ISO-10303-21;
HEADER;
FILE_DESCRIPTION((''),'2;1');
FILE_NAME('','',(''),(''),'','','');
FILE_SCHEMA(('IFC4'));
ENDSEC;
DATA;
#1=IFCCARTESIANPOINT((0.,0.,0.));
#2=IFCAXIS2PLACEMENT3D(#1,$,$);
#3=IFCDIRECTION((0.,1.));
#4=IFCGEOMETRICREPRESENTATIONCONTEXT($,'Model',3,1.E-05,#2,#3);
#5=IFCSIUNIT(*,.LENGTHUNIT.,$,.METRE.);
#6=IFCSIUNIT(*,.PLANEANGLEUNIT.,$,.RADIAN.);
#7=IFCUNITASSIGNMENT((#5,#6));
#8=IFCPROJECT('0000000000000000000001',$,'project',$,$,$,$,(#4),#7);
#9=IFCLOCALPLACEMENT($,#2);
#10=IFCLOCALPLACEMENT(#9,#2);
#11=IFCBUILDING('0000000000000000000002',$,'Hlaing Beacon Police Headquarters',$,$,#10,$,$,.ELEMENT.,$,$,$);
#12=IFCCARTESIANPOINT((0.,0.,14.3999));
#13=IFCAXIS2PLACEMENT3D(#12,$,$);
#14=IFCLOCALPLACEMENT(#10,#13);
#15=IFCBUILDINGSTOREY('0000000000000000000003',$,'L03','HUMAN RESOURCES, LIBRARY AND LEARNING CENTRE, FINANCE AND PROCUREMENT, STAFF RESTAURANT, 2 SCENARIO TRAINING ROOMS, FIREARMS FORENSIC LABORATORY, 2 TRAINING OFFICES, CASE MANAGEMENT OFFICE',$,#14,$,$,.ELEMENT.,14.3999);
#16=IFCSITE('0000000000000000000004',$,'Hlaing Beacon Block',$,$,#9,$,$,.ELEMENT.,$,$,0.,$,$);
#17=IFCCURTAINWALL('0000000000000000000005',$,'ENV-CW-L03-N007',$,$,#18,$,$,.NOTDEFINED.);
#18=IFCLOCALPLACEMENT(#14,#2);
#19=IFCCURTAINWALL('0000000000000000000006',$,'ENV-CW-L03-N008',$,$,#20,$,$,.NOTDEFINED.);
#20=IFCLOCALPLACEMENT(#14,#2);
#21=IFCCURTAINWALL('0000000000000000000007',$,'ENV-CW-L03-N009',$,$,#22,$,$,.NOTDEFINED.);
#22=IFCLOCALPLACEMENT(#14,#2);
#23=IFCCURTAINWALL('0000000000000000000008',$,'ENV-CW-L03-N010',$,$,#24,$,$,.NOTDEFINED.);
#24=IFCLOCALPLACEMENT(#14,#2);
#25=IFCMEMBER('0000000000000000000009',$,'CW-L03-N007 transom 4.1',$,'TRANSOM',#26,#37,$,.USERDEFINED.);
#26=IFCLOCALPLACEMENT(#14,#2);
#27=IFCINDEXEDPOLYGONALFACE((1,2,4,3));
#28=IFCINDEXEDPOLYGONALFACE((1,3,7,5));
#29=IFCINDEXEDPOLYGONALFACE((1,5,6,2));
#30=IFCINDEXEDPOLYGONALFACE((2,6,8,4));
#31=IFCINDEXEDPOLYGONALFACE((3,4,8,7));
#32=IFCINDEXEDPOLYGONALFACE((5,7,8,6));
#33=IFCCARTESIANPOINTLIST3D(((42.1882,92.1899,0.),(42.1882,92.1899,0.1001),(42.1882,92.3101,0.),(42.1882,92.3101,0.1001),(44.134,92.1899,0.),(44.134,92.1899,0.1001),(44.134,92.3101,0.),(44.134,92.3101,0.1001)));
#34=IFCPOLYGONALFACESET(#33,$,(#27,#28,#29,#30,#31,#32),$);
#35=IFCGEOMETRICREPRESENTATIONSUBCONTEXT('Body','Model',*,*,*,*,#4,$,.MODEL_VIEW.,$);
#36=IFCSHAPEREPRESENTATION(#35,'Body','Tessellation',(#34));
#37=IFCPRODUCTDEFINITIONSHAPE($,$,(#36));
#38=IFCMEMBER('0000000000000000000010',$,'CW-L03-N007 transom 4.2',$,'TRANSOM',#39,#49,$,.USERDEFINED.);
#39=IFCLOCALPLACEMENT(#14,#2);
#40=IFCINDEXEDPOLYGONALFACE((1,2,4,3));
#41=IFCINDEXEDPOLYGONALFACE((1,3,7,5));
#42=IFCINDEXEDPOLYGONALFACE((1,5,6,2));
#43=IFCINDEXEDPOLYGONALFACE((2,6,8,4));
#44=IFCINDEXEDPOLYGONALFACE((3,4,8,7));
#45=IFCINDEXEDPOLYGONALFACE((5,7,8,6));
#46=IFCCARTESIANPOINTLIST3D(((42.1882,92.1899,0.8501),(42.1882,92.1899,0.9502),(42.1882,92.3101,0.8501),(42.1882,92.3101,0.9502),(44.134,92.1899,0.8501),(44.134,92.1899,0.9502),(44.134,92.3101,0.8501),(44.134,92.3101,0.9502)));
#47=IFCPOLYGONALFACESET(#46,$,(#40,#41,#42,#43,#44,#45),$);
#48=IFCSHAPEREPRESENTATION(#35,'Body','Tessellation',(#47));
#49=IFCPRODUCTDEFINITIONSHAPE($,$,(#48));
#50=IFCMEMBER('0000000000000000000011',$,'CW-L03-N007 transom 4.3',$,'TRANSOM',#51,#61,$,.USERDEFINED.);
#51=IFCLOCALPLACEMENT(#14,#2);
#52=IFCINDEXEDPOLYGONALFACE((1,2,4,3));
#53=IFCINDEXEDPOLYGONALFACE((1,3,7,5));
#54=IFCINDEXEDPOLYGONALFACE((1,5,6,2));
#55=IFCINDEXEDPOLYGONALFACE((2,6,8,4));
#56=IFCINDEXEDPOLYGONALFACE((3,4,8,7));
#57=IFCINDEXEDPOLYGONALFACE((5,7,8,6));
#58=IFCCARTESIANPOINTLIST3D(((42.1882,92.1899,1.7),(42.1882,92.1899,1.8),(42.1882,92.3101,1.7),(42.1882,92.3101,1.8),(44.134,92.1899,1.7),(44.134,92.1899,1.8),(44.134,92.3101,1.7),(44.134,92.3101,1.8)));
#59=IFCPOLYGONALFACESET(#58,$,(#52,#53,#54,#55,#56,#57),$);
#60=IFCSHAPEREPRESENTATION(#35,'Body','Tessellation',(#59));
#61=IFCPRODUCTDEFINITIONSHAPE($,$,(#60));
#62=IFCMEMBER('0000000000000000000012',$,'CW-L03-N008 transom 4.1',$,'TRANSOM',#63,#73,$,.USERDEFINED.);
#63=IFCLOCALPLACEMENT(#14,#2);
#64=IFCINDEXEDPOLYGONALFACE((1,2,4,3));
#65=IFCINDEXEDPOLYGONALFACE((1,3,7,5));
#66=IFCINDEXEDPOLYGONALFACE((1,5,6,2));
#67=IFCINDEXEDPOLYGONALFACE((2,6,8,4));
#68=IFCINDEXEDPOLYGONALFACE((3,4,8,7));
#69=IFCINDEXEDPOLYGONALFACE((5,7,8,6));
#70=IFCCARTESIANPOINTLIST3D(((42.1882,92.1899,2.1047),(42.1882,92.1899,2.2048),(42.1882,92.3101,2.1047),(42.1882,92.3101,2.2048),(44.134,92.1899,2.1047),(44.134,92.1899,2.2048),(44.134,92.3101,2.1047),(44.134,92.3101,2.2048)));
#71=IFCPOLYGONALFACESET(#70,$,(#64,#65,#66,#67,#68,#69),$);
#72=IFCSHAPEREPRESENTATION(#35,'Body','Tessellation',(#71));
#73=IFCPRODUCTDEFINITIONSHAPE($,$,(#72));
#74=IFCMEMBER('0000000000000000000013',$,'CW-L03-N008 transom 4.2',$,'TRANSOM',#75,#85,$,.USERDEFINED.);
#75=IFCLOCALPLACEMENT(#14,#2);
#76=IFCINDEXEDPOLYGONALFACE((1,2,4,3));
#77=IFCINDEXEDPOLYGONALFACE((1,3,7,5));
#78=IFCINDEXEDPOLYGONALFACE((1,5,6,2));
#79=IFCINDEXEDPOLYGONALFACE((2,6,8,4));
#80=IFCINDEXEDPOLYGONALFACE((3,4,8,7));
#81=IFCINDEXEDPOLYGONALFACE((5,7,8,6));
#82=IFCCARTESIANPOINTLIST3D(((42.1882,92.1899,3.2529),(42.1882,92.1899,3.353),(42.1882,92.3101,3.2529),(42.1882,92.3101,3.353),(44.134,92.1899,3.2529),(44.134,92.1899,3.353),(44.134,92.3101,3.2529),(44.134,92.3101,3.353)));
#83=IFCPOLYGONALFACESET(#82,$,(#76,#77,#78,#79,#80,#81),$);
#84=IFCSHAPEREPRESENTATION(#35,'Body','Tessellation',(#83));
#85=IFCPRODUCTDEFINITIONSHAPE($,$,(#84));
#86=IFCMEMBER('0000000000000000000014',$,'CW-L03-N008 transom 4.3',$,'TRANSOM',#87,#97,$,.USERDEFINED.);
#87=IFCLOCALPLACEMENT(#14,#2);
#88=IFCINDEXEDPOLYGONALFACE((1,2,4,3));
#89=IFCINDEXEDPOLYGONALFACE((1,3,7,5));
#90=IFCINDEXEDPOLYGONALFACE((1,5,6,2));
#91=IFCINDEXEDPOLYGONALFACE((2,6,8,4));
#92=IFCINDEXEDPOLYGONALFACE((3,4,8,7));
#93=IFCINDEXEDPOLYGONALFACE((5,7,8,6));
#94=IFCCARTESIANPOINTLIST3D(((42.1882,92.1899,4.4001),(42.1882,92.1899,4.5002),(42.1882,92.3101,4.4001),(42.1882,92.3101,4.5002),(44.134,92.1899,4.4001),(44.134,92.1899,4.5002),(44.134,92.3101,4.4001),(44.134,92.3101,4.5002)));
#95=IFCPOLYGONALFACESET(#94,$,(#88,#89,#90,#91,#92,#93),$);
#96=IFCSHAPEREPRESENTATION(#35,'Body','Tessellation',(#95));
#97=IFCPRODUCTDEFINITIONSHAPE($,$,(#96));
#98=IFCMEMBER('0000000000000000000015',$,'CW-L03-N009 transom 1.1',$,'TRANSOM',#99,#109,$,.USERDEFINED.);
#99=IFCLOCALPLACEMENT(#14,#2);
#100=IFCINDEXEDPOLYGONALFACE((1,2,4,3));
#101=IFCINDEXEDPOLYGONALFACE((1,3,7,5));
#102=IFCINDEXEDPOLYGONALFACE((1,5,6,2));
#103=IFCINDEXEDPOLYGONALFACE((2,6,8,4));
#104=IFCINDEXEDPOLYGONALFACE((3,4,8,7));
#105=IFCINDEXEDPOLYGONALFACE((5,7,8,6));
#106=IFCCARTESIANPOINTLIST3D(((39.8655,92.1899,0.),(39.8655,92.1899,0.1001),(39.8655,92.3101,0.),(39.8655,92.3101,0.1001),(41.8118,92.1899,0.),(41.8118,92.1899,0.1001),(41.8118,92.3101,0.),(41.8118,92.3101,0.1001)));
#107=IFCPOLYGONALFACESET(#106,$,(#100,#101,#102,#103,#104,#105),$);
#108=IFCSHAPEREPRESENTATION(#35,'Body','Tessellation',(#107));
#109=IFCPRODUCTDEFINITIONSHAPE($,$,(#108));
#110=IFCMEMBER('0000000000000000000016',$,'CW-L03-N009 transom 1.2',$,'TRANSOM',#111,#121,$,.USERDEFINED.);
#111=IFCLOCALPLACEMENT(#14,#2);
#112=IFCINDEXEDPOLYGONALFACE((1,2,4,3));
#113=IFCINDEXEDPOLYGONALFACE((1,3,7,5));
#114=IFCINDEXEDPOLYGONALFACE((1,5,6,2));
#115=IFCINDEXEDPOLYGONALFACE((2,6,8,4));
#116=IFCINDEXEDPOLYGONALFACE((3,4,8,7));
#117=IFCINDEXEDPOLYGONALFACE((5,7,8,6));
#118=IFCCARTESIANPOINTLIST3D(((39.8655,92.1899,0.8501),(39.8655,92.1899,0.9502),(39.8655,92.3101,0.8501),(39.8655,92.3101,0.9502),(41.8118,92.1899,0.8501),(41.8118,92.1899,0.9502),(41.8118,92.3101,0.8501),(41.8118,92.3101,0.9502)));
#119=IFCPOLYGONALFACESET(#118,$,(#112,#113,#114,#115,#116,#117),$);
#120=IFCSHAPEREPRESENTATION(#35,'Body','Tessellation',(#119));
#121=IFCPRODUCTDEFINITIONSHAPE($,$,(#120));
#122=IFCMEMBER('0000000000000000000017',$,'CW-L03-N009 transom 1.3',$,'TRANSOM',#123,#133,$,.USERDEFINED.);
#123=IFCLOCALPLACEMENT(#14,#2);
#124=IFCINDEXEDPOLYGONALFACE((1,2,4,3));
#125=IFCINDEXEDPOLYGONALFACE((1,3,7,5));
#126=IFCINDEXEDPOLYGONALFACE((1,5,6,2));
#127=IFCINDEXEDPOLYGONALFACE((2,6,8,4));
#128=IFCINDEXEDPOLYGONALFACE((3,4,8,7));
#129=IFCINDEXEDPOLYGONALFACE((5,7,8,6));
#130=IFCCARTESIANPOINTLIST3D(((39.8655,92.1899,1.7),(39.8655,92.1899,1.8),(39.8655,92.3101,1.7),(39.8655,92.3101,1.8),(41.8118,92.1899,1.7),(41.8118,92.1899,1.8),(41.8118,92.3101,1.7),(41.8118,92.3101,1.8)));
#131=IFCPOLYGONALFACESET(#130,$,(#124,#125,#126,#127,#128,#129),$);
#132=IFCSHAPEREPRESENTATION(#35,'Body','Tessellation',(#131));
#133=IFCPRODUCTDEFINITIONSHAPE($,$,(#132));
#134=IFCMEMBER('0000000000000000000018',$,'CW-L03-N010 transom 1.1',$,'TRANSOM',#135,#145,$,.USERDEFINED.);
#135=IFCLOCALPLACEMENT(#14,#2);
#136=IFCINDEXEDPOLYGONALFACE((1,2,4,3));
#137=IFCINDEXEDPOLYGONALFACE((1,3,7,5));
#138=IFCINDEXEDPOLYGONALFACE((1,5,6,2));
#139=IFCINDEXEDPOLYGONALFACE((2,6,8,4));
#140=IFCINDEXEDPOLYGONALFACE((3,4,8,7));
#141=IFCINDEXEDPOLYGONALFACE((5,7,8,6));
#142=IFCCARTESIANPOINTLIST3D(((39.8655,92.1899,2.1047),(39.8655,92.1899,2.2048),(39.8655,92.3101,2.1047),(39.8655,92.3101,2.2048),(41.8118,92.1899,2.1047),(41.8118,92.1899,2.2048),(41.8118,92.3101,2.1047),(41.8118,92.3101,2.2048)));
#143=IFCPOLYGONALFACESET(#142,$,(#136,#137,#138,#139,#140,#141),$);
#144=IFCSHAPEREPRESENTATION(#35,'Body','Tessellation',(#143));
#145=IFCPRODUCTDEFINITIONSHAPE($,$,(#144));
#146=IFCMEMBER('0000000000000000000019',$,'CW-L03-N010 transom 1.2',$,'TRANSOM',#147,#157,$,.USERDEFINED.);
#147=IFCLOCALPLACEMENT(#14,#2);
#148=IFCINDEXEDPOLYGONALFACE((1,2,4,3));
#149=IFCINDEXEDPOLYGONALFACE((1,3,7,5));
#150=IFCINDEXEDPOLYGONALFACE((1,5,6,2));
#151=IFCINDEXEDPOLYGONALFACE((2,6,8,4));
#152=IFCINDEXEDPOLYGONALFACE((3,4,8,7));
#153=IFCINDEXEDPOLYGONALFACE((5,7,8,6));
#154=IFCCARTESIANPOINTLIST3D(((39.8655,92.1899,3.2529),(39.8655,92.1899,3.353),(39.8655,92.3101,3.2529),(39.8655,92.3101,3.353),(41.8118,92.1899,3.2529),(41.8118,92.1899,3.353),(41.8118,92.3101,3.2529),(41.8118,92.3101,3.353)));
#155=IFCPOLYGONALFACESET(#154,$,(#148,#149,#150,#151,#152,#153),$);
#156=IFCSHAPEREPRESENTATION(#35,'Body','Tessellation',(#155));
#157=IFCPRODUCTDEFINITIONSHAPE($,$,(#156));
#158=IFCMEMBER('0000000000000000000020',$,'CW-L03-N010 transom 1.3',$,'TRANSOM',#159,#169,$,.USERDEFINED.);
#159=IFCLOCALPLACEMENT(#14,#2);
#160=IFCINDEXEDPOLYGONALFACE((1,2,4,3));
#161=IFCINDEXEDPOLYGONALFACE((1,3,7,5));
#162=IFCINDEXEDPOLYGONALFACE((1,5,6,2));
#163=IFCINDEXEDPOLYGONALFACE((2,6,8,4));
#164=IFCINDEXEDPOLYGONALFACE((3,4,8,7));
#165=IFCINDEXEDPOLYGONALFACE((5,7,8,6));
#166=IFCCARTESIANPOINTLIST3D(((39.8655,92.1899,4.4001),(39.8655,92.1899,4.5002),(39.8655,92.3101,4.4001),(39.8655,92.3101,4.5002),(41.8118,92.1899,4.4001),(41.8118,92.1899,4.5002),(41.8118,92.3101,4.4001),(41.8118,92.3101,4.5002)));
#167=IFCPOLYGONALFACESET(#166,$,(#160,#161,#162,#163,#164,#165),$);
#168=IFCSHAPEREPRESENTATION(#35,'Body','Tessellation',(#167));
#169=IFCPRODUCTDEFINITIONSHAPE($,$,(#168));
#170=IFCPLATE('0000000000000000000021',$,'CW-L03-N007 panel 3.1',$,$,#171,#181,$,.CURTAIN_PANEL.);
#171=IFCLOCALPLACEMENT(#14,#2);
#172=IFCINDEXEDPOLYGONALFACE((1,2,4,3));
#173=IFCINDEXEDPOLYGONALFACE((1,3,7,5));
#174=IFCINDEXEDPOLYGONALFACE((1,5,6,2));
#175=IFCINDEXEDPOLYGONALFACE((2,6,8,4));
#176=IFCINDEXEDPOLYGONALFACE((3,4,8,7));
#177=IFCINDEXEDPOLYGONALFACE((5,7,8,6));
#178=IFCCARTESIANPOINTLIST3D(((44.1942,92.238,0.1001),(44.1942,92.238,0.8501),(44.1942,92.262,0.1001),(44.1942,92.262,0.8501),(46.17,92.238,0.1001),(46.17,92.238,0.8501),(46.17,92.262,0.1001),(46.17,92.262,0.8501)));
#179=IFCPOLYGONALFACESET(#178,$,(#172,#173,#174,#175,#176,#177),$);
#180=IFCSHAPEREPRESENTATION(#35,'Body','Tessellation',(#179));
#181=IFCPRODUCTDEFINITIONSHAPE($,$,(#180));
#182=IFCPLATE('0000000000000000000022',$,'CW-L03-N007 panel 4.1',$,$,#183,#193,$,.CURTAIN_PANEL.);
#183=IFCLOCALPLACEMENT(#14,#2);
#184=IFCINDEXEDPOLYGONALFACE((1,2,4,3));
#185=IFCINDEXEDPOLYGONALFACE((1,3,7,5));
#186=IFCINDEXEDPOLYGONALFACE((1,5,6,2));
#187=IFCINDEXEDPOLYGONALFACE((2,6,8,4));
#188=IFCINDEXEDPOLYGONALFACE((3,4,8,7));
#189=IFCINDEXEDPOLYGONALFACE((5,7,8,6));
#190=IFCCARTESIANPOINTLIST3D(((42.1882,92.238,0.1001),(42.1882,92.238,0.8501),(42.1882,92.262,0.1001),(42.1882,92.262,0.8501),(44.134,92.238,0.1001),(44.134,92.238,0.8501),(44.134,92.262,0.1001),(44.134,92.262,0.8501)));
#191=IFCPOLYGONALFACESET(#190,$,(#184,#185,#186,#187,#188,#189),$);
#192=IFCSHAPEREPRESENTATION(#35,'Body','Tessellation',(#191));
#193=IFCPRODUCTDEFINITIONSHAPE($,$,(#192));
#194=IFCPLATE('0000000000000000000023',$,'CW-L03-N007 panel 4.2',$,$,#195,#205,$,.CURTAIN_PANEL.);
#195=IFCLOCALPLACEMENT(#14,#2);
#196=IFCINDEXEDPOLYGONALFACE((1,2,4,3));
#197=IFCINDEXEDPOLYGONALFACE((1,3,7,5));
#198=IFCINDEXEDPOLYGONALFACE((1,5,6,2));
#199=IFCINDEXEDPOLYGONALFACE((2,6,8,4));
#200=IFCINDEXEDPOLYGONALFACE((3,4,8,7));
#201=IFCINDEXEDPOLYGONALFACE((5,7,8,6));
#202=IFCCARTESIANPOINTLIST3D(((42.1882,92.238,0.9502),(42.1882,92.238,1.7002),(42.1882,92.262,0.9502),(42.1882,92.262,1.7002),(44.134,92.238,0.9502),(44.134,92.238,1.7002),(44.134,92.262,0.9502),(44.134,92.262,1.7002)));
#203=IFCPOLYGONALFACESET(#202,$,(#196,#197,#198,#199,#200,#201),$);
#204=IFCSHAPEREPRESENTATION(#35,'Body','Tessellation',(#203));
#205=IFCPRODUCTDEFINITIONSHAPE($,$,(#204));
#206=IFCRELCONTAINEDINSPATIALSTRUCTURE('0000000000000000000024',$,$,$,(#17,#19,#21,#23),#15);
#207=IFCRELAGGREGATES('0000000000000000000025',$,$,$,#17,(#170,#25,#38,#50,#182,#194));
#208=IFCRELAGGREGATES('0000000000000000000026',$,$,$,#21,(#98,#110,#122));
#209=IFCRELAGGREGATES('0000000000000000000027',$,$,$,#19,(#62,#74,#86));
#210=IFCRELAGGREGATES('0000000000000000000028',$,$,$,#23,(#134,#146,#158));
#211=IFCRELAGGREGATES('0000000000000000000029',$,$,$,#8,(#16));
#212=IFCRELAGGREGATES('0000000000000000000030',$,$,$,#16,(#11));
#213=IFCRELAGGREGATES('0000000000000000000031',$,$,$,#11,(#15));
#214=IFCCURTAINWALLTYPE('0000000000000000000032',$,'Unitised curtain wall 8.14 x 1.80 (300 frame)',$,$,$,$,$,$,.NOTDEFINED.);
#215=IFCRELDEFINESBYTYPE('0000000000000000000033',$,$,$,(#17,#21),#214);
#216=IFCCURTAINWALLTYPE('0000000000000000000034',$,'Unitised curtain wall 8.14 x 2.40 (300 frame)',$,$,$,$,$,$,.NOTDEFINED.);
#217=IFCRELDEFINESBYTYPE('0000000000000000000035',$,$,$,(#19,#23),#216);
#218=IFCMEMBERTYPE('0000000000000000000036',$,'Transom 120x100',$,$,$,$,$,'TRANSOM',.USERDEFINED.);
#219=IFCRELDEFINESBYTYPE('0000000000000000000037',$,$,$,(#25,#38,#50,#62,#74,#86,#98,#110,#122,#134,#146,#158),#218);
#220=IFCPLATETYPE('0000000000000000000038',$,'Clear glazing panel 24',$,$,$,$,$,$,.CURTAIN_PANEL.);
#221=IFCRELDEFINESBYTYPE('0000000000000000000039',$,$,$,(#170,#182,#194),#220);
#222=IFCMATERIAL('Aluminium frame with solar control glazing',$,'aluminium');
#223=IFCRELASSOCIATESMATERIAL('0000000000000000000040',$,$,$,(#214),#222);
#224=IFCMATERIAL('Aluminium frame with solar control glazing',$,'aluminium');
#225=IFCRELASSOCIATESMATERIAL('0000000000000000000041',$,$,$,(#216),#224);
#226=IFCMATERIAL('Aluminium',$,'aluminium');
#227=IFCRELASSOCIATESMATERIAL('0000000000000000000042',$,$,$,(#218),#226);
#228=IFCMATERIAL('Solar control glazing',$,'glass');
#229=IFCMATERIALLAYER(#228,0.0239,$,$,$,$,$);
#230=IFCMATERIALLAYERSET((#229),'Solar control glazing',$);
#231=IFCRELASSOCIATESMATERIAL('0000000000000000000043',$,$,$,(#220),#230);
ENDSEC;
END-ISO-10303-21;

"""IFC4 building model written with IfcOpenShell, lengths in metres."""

from ifc_helpers import new_model, si_unit, direction, frame, origin, origin_2d, place, context, subcontext, project, spatial, rectangle, extrude, material, layer, layer_set, material_profile, profile_set, type_object, element, aggregate, save


model = new_model("IFC4")

# Units and contexts
model_context = context("Model", 3, precision=1e-05, world=origin(), true_north=direction((0.0, 1.0)))
body_context = subcontext(model_context, "Body", "Model", "MODEL_VIEW")
ifc_project = project(units=[si_unit("LENGTHUNIT", "METRE"), si_unit("PLANEANGLEUNIT", "RADIAN")], contexts=[model_context])

# Site, building, storey
site_placement = place(None, origin())
site = spatial("IfcSite", under=ifc_project, at=site_placement, Name="Hlaing Beacon Block", CompositionType="ELEMENT", RefElevation=0.0)
building_placement = place(site_placement, origin())
building = spatial("IfcBuilding", under=site, at=building_placement, Name="Hlaing Beacon Police Headquarters", CompositionType="ELEMENT")
storey_placement = place(building_placement, frame((0.0, 0.0, 14.3999)))
storey = spatial("IfcBuildingStorey", under=building, at=storey_placement, Name="L03", Description="HUMAN RESOURCES, LIBRARY AND LEARNING CENTRE, FINANCE AND PROCUREMENT, STAFF RESTAURANT, 2 SCENARIO TRAINING ROOMS, FIREARMS FORENSIC LABORATORY, 2 TRAINING OFFICES, CASE MANAGEMENT OFFICE", CompositionType="ELEMENT", Elevation=14.3999)

# Curtain walls
ifc_material_1 = material(Name="Aluminium frame with solar control glazing", Category="aluminium")
curtain_wall_type_1 = type_object("IfcCurtainWallType", Name="Unitised curtain wall 8.14 x 1.80 (300 frame)", PredefinedType="NOTDEFINED", material=ifc_material_1)
curtain_wall_1_placement = place(storey_placement, origin())
curtain_wall_1 = element("IfcCurtainWall", 1, at=curtain_wall_1_placement, inside=storey, type_object=curtain_wall_type_1, Name="ENV-CW-L03-N007", PredefinedType="NOTDEFINED")
ifc_material_2 = material(Name="Aluminium frame with solar control glazing", Category="aluminium")
curtain_wall_type_2 = type_object("IfcCurtainWallType", Name="Unitised curtain wall 8.14 x 2.40 (300 frame)", PredefinedType="NOTDEFINED", material=ifc_material_2)
curtain_wall_2_placement = place(storey_placement, origin())
curtain_wall_2 = element("IfcCurtainWall", 2, at=curtain_wall_2_placement, inside=storey, type_object=curtain_wall_type_2, Name="ENV-CW-L03-N008", PredefinedType="NOTDEFINED")

# Curtain walls
curtain_wall_3_placement = place(storey_placement, origin())
curtain_wall_3 = element("IfcCurtainWall", 3, at=curtain_wall_3_placement, inside=storey, type_object=curtain_wall_type_1, Name="ENV-CW-L03-N009", PredefinedType="NOTDEFINED")
curtain_wall_4_placement = place(storey_placement, origin())
curtain_wall_4 = element("IfcCurtainWall", 4, at=curtain_wall_4_placement, inside=storey, type_object=curtain_wall_type_2, Name="ENV-CW-L03-N010", PredefinedType="NOTDEFINED")

# Members
ifc_material_3 = material(Name="Aluminium", Category="aluminium")
ifc_material_profile_1 = material_profile(ifc_material_3, rectangle(XDim=0.1201, YDim=0.1001, at=origin_2d()), Name="Transom 120x100")
ifc_profile_set_1 = profile_set([ifc_material_profile_1], Name="Aluminium")
member_type_1 = type_object("IfcMemberType", Name="Transom 120x100", ElementType="TRANSOM", PredefinedType="USERDEFINED", material=ifc_profile_set_1)
member_1_placement = place(storey_placement, frame((44.134, 92.25, 0.05), z_axis=(-1.0, 0.0, 0.0), x_axis=(0.0, -1.0, 0.0)))
member_1 = element("IfcMember", 5, at=member_1_placement, type_object=member_type_1, Name="CW-L03-N007 transom 4.1", ObjectType="TRANSOM", PredefinedType="USERDEFINED", context=body_context, shape_type="SweptSolid", body=[
    extrude(rectangle(XDim=0.1201, YDim=0.1001, at=origin_2d()), origin(), (0.0, 0.0, 1.0), 1.9458),
])
member_2_placement = place(storey_placement, frame((44.134, 92.25, 0.9001), z_axis=(-1.0, 0.0, 0.0), x_axis=(0.0, -1.0, 0.0)))
member_2 = element("IfcMember", 6, at=member_2_placement, type_object=member_type_1, Name="CW-L03-N007 transom 4.2", ObjectType="TRANSOM", PredefinedType="USERDEFINED", context=body_context, shape_type="SweptSolid", body=[
    extrude(rectangle(XDim=0.1201, YDim=0.1001, at=origin_2d()), origin(), (0.0, 0.0, 1.0), 1.9458),
])
member_3_placement = place(storey_placement, frame((44.134, 92.25, 1.75), z_axis=(-1.0, 0.0, 0.0), x_axis=(0.0, -1.0, 0.0)))
member_3 = element("IfcMember", 7, at=member_3_placement, type_object=member_type_1, Name="CW-L03-N007 transom 4.3", ObjectType="TRANSOM", PredefinedType="USERDEFINED", context=body_context, shape_type="SweptSolid", body=[
    extrude(rectangle(XDim=0.1201, YDim=0.1001, at=origin_2d()), origin(), (0.0, 0.0, 1.0), 1.9458),
])
member_4_placement = place(storey_placement, frame((44.134, 92.25, 2.1548), z_axis=(-1.0, 0.0, 0.0), x_axis=(0.0, -1.0, 0.0)))
member_4 = element("IfcMember", 8, at=member_4_placement, type_object=member_type_1, Name="CW-L03-N008 transom 4.1", ObjectType="TRANSOM", PredefinedType="USERDEFINED", context=body_context, shape_type="SweptSolid", body=[
    extrude(rectangle(XDim=0.1201, YDim=0.1001, at=origin_2d()), origin(), (0.0, 0.0, 1.0), 1.9458),
])
member_5_placement = place(storey_placement, frame((44.134, 92.25, 3.303), z_axis=(-1.0, 0.0, 0.0), x_axis=(0.0, -1.0, 0.0)))
member_5 = element("IfcMember", 9, at=member_5_placement, type_object=member_type_1, Name="CW-L03-N008 transom 4.2", ObjectType="TRANSOM", PredefinedType="USERDEFINED", context=body_context, shape_type="SweptSolid", body=[
    extrude(rectangle(XDim=0.1201, YDim=0.1001, at=origin_2d()), origin(), (0.0, 0.0, 1.0), 1.9458),
])
member_6_placement = place(storey_placement, frame((44.134, 92.25, 4.4502), z_axis=(-1.0, 0.0, 0.0), x_axis=(0.0, -1.0, 0.0)))
member_6 = element("IfcMember", 10, at=member_6_placement, type_object=member_type_1, Name="CW-L03-N008 transom 4.3", ObjectType="TRANSOM", PredefinedType="USERDEFINED", context=body_context, shape_type="SweptSolid", body=[
    extrude(rectangle(XDim=0.1201, YDim=0.1001, at=origin_2d()), origin(), (0.0, 0.0, 1.0), 1.9458),
])
member_7_placement = place(storey_placement, frame((41.8118, 92.25, 0.05), z_axis=(-1.0, 0.0, 0.0), x_axis=(0.0, -1.0, 0.0)))
member_7 = element("IfcMember", 11, at=member_7_placement, type_object=member_type_1, Name="CW-L03-N009 transom 1.1", ObjectType="TRANSOM", PredefinedType="USERDEFINED", context=body_context, shape_type="SweptSolid", body=[
    extrude(rectangle(XDim=0.1201, YDim=0.1001, at=origin_2d()), origin(), (0.0, 0.0, 1.0), 1.9463),
])
member_8_placement = place(storey_placement, frame((41.8118, 92.25, 0.9001), z_axis=(-1.0, 0.0, 0.0), x_axis=(0.0, -1.0, 0.0)))
member_8 = element("IfcMember", 12, at=member_8_placement, type_object=member_type_1, Name="CW-L03-N009 transom 1.2", ObjectType="TRANSOM", PredefinedType="USERDEFINED", context=body_context, shape_type="SweptSolid", body=[
    extrude(rectangle(XDim=0.1201, YDim=0.1001, at=origin_2d()), origin(), (0.0, 0.0, 1.0), 1.9463),
])
member_9_placement = place(storey_placement, frame((41.8118, 92.25, 1.75), z_axis=(-1.0, 0.0, 0.0), x_axis=(0.0, -1.0, 0.0)))
member_9 = element("IfcMember", 13, at=member_9_placement, type_object=member_type_1, Name="CW-L03-N009 transom 1.3", ObjectType="TRANSOM", PredefinedType="USERDEFINED", context=body_context, shape_type="SweptSolid", body=[
    extrude(rectangle(XDim=0.1201, YDim=0.1001, at=origin_2d()), origin(), (0.0, 0.0, 1.0), 1.9463),
])
member_10_placement = place(storey_placement, frame((41.8118, 92.25, 2.1548), z_axis=(-1.0, 0.0, 0.0), x_axis=(0.0, -1.0, 0.0)))
member_10 = element("IfcMember", 14, at=member_10_placement, type_object=member_type_1, Name="CW-L03-N010 transom 1.1", ObjectType="TRANSOM", PredefinedType="USERDEFINED", context=body_context, shape_type="SweptSolid", body=[
    extrude(rectangle(XDim=0.1201, YDim=0.1001, at=origin_2d()), origin(), (0.0, 0.0, 1.0), 1.9463),
])
member_11_placement = place(storey_placement, frame((41.8118, 92.25, 3.303), z_axis=(-1.0, 0.0, 0.0), x_axis=(0.0, -1.0, 0.0)))
member_11 = element("IfcMember", 15, at=member_11_placement, type_object=member_type_1, Name="CW-L03-N010 transom 1.2", ObjectType="TRANSOM", PredefinedType="USERDEFINED", context=body_context, shape_type="SweptSolid", body=[
    extrude(rectangle(XDim=0.1201, YDim=0.1001, at=origin_2d()), origin(), (0.0, 0.0, 1.0), 1.9463),
])
member_12_placement = place(storey_placement, frame((41.8118, 92.25, 4.4502), z_axis=(-1.0, 0.0, 0.0), x_axis=(0.0, -1.0, 0.0)))
member_12 = element("IfcMember", 16, at=member_12_placement, type_object=member_type_1, Name="CW-L03-N010 transom 1.3", ObjectType="TRANSOM", PredefinedType="USERDEFINED", context=body_context, shape_type="SweptSolid", body=[
    extrude(rectangle(XDim=0.1201, YDim=0.1001, at=origin_2d()), origin(), (0.0, 0.0, 1.0), 1.9463),
])

# Plates
ifc_material_4 = material(Name="Solar control glazing", Category="glass")
ifc_layer_1 = layer(ifc_material_4, 0.0239)
ifc_layer_set_1 = layer_set([ifc_layer_1], Name="Solar control glazing")
plate_type_1 = type_object("IfcPlateType", Name="Clear glazing panel 24", PredefinedType="CURTAIN_PANEL", material=ifc_layer_set_1)
plate_1_placement = place(storey_placement, frame((45.1821, 92.25, 0.1001), z_axis=(0.0, 0.0, 1.0), x_axis=(-1.0, 0.0, 0.0)))
plate_1 = element("IfcPlate", 17, at=plate_1_placement, type_object=plate_type_1, Name="CW-L03-N007 panel 3.1", PredefinedType="CURTAIN_PANEL", context=body_context, shape_type="SweptSolid", body=[
    extrude(rectangle(XDim=1.9758, YDim=0.0239, at=origin_2d()), origin(), (0.0, 0.0, 1.0), 0.75),
])
plate_2_placement = place(storey_placement, frame((43.1611, 92.25, 0.1001), z_axis=(0.0, 0.0, 1.0), x_axis=(-1.0, 0.0, 0.0)))
plate_2 = element("IfcPlate", 18, at=plate_2_placement, type_object=plate_type_1, Name="CW-L03-N007 panel 4.1", PredefinedType="CURTAIN_PANEL", context=body_context, shape_type="SweptSolid", body=[
    extrude(rectangle(XDim=1.9458, YDim=0.0239, at=origin_2d()), origin(), (0.0, 0.0, 1.0), 0.75),
])
plate_3_placement = place(storey_placement, frame((43.1611, 92.25, 0.9502), z_axis=(0.0, 0.0, 1.0), x_axis=(-1.0, 0.0, 0.0)))
plate_3 = element("IfcPlate", 19, at=plate_3_placement, type_object=plate_type_1, Name="CW-L03-N007 panel 4.2", PredefinedType="CURTAIN_PANEL", context=body_context, shape_type="SweptSolid", body=[
    extrude(rectangle(XDim=1.9458, YDim=0.0239, at=origin_2d()), origin(), (0.0, 0.0, 1.0), 0.75),
])
aggregate(curtain_wall_1, [plate_1, member_1, member_2, member_3, plate_2, plate_3])
aggregate(curtain_wall_3, [member_7, member_8, member_9])
aggregate(curtain_wall_2, [member_4, member_5, member_6])
aggregate(curtain_wall_4, [member_10, member_11, member_12])

save(model, "model.ifc")
